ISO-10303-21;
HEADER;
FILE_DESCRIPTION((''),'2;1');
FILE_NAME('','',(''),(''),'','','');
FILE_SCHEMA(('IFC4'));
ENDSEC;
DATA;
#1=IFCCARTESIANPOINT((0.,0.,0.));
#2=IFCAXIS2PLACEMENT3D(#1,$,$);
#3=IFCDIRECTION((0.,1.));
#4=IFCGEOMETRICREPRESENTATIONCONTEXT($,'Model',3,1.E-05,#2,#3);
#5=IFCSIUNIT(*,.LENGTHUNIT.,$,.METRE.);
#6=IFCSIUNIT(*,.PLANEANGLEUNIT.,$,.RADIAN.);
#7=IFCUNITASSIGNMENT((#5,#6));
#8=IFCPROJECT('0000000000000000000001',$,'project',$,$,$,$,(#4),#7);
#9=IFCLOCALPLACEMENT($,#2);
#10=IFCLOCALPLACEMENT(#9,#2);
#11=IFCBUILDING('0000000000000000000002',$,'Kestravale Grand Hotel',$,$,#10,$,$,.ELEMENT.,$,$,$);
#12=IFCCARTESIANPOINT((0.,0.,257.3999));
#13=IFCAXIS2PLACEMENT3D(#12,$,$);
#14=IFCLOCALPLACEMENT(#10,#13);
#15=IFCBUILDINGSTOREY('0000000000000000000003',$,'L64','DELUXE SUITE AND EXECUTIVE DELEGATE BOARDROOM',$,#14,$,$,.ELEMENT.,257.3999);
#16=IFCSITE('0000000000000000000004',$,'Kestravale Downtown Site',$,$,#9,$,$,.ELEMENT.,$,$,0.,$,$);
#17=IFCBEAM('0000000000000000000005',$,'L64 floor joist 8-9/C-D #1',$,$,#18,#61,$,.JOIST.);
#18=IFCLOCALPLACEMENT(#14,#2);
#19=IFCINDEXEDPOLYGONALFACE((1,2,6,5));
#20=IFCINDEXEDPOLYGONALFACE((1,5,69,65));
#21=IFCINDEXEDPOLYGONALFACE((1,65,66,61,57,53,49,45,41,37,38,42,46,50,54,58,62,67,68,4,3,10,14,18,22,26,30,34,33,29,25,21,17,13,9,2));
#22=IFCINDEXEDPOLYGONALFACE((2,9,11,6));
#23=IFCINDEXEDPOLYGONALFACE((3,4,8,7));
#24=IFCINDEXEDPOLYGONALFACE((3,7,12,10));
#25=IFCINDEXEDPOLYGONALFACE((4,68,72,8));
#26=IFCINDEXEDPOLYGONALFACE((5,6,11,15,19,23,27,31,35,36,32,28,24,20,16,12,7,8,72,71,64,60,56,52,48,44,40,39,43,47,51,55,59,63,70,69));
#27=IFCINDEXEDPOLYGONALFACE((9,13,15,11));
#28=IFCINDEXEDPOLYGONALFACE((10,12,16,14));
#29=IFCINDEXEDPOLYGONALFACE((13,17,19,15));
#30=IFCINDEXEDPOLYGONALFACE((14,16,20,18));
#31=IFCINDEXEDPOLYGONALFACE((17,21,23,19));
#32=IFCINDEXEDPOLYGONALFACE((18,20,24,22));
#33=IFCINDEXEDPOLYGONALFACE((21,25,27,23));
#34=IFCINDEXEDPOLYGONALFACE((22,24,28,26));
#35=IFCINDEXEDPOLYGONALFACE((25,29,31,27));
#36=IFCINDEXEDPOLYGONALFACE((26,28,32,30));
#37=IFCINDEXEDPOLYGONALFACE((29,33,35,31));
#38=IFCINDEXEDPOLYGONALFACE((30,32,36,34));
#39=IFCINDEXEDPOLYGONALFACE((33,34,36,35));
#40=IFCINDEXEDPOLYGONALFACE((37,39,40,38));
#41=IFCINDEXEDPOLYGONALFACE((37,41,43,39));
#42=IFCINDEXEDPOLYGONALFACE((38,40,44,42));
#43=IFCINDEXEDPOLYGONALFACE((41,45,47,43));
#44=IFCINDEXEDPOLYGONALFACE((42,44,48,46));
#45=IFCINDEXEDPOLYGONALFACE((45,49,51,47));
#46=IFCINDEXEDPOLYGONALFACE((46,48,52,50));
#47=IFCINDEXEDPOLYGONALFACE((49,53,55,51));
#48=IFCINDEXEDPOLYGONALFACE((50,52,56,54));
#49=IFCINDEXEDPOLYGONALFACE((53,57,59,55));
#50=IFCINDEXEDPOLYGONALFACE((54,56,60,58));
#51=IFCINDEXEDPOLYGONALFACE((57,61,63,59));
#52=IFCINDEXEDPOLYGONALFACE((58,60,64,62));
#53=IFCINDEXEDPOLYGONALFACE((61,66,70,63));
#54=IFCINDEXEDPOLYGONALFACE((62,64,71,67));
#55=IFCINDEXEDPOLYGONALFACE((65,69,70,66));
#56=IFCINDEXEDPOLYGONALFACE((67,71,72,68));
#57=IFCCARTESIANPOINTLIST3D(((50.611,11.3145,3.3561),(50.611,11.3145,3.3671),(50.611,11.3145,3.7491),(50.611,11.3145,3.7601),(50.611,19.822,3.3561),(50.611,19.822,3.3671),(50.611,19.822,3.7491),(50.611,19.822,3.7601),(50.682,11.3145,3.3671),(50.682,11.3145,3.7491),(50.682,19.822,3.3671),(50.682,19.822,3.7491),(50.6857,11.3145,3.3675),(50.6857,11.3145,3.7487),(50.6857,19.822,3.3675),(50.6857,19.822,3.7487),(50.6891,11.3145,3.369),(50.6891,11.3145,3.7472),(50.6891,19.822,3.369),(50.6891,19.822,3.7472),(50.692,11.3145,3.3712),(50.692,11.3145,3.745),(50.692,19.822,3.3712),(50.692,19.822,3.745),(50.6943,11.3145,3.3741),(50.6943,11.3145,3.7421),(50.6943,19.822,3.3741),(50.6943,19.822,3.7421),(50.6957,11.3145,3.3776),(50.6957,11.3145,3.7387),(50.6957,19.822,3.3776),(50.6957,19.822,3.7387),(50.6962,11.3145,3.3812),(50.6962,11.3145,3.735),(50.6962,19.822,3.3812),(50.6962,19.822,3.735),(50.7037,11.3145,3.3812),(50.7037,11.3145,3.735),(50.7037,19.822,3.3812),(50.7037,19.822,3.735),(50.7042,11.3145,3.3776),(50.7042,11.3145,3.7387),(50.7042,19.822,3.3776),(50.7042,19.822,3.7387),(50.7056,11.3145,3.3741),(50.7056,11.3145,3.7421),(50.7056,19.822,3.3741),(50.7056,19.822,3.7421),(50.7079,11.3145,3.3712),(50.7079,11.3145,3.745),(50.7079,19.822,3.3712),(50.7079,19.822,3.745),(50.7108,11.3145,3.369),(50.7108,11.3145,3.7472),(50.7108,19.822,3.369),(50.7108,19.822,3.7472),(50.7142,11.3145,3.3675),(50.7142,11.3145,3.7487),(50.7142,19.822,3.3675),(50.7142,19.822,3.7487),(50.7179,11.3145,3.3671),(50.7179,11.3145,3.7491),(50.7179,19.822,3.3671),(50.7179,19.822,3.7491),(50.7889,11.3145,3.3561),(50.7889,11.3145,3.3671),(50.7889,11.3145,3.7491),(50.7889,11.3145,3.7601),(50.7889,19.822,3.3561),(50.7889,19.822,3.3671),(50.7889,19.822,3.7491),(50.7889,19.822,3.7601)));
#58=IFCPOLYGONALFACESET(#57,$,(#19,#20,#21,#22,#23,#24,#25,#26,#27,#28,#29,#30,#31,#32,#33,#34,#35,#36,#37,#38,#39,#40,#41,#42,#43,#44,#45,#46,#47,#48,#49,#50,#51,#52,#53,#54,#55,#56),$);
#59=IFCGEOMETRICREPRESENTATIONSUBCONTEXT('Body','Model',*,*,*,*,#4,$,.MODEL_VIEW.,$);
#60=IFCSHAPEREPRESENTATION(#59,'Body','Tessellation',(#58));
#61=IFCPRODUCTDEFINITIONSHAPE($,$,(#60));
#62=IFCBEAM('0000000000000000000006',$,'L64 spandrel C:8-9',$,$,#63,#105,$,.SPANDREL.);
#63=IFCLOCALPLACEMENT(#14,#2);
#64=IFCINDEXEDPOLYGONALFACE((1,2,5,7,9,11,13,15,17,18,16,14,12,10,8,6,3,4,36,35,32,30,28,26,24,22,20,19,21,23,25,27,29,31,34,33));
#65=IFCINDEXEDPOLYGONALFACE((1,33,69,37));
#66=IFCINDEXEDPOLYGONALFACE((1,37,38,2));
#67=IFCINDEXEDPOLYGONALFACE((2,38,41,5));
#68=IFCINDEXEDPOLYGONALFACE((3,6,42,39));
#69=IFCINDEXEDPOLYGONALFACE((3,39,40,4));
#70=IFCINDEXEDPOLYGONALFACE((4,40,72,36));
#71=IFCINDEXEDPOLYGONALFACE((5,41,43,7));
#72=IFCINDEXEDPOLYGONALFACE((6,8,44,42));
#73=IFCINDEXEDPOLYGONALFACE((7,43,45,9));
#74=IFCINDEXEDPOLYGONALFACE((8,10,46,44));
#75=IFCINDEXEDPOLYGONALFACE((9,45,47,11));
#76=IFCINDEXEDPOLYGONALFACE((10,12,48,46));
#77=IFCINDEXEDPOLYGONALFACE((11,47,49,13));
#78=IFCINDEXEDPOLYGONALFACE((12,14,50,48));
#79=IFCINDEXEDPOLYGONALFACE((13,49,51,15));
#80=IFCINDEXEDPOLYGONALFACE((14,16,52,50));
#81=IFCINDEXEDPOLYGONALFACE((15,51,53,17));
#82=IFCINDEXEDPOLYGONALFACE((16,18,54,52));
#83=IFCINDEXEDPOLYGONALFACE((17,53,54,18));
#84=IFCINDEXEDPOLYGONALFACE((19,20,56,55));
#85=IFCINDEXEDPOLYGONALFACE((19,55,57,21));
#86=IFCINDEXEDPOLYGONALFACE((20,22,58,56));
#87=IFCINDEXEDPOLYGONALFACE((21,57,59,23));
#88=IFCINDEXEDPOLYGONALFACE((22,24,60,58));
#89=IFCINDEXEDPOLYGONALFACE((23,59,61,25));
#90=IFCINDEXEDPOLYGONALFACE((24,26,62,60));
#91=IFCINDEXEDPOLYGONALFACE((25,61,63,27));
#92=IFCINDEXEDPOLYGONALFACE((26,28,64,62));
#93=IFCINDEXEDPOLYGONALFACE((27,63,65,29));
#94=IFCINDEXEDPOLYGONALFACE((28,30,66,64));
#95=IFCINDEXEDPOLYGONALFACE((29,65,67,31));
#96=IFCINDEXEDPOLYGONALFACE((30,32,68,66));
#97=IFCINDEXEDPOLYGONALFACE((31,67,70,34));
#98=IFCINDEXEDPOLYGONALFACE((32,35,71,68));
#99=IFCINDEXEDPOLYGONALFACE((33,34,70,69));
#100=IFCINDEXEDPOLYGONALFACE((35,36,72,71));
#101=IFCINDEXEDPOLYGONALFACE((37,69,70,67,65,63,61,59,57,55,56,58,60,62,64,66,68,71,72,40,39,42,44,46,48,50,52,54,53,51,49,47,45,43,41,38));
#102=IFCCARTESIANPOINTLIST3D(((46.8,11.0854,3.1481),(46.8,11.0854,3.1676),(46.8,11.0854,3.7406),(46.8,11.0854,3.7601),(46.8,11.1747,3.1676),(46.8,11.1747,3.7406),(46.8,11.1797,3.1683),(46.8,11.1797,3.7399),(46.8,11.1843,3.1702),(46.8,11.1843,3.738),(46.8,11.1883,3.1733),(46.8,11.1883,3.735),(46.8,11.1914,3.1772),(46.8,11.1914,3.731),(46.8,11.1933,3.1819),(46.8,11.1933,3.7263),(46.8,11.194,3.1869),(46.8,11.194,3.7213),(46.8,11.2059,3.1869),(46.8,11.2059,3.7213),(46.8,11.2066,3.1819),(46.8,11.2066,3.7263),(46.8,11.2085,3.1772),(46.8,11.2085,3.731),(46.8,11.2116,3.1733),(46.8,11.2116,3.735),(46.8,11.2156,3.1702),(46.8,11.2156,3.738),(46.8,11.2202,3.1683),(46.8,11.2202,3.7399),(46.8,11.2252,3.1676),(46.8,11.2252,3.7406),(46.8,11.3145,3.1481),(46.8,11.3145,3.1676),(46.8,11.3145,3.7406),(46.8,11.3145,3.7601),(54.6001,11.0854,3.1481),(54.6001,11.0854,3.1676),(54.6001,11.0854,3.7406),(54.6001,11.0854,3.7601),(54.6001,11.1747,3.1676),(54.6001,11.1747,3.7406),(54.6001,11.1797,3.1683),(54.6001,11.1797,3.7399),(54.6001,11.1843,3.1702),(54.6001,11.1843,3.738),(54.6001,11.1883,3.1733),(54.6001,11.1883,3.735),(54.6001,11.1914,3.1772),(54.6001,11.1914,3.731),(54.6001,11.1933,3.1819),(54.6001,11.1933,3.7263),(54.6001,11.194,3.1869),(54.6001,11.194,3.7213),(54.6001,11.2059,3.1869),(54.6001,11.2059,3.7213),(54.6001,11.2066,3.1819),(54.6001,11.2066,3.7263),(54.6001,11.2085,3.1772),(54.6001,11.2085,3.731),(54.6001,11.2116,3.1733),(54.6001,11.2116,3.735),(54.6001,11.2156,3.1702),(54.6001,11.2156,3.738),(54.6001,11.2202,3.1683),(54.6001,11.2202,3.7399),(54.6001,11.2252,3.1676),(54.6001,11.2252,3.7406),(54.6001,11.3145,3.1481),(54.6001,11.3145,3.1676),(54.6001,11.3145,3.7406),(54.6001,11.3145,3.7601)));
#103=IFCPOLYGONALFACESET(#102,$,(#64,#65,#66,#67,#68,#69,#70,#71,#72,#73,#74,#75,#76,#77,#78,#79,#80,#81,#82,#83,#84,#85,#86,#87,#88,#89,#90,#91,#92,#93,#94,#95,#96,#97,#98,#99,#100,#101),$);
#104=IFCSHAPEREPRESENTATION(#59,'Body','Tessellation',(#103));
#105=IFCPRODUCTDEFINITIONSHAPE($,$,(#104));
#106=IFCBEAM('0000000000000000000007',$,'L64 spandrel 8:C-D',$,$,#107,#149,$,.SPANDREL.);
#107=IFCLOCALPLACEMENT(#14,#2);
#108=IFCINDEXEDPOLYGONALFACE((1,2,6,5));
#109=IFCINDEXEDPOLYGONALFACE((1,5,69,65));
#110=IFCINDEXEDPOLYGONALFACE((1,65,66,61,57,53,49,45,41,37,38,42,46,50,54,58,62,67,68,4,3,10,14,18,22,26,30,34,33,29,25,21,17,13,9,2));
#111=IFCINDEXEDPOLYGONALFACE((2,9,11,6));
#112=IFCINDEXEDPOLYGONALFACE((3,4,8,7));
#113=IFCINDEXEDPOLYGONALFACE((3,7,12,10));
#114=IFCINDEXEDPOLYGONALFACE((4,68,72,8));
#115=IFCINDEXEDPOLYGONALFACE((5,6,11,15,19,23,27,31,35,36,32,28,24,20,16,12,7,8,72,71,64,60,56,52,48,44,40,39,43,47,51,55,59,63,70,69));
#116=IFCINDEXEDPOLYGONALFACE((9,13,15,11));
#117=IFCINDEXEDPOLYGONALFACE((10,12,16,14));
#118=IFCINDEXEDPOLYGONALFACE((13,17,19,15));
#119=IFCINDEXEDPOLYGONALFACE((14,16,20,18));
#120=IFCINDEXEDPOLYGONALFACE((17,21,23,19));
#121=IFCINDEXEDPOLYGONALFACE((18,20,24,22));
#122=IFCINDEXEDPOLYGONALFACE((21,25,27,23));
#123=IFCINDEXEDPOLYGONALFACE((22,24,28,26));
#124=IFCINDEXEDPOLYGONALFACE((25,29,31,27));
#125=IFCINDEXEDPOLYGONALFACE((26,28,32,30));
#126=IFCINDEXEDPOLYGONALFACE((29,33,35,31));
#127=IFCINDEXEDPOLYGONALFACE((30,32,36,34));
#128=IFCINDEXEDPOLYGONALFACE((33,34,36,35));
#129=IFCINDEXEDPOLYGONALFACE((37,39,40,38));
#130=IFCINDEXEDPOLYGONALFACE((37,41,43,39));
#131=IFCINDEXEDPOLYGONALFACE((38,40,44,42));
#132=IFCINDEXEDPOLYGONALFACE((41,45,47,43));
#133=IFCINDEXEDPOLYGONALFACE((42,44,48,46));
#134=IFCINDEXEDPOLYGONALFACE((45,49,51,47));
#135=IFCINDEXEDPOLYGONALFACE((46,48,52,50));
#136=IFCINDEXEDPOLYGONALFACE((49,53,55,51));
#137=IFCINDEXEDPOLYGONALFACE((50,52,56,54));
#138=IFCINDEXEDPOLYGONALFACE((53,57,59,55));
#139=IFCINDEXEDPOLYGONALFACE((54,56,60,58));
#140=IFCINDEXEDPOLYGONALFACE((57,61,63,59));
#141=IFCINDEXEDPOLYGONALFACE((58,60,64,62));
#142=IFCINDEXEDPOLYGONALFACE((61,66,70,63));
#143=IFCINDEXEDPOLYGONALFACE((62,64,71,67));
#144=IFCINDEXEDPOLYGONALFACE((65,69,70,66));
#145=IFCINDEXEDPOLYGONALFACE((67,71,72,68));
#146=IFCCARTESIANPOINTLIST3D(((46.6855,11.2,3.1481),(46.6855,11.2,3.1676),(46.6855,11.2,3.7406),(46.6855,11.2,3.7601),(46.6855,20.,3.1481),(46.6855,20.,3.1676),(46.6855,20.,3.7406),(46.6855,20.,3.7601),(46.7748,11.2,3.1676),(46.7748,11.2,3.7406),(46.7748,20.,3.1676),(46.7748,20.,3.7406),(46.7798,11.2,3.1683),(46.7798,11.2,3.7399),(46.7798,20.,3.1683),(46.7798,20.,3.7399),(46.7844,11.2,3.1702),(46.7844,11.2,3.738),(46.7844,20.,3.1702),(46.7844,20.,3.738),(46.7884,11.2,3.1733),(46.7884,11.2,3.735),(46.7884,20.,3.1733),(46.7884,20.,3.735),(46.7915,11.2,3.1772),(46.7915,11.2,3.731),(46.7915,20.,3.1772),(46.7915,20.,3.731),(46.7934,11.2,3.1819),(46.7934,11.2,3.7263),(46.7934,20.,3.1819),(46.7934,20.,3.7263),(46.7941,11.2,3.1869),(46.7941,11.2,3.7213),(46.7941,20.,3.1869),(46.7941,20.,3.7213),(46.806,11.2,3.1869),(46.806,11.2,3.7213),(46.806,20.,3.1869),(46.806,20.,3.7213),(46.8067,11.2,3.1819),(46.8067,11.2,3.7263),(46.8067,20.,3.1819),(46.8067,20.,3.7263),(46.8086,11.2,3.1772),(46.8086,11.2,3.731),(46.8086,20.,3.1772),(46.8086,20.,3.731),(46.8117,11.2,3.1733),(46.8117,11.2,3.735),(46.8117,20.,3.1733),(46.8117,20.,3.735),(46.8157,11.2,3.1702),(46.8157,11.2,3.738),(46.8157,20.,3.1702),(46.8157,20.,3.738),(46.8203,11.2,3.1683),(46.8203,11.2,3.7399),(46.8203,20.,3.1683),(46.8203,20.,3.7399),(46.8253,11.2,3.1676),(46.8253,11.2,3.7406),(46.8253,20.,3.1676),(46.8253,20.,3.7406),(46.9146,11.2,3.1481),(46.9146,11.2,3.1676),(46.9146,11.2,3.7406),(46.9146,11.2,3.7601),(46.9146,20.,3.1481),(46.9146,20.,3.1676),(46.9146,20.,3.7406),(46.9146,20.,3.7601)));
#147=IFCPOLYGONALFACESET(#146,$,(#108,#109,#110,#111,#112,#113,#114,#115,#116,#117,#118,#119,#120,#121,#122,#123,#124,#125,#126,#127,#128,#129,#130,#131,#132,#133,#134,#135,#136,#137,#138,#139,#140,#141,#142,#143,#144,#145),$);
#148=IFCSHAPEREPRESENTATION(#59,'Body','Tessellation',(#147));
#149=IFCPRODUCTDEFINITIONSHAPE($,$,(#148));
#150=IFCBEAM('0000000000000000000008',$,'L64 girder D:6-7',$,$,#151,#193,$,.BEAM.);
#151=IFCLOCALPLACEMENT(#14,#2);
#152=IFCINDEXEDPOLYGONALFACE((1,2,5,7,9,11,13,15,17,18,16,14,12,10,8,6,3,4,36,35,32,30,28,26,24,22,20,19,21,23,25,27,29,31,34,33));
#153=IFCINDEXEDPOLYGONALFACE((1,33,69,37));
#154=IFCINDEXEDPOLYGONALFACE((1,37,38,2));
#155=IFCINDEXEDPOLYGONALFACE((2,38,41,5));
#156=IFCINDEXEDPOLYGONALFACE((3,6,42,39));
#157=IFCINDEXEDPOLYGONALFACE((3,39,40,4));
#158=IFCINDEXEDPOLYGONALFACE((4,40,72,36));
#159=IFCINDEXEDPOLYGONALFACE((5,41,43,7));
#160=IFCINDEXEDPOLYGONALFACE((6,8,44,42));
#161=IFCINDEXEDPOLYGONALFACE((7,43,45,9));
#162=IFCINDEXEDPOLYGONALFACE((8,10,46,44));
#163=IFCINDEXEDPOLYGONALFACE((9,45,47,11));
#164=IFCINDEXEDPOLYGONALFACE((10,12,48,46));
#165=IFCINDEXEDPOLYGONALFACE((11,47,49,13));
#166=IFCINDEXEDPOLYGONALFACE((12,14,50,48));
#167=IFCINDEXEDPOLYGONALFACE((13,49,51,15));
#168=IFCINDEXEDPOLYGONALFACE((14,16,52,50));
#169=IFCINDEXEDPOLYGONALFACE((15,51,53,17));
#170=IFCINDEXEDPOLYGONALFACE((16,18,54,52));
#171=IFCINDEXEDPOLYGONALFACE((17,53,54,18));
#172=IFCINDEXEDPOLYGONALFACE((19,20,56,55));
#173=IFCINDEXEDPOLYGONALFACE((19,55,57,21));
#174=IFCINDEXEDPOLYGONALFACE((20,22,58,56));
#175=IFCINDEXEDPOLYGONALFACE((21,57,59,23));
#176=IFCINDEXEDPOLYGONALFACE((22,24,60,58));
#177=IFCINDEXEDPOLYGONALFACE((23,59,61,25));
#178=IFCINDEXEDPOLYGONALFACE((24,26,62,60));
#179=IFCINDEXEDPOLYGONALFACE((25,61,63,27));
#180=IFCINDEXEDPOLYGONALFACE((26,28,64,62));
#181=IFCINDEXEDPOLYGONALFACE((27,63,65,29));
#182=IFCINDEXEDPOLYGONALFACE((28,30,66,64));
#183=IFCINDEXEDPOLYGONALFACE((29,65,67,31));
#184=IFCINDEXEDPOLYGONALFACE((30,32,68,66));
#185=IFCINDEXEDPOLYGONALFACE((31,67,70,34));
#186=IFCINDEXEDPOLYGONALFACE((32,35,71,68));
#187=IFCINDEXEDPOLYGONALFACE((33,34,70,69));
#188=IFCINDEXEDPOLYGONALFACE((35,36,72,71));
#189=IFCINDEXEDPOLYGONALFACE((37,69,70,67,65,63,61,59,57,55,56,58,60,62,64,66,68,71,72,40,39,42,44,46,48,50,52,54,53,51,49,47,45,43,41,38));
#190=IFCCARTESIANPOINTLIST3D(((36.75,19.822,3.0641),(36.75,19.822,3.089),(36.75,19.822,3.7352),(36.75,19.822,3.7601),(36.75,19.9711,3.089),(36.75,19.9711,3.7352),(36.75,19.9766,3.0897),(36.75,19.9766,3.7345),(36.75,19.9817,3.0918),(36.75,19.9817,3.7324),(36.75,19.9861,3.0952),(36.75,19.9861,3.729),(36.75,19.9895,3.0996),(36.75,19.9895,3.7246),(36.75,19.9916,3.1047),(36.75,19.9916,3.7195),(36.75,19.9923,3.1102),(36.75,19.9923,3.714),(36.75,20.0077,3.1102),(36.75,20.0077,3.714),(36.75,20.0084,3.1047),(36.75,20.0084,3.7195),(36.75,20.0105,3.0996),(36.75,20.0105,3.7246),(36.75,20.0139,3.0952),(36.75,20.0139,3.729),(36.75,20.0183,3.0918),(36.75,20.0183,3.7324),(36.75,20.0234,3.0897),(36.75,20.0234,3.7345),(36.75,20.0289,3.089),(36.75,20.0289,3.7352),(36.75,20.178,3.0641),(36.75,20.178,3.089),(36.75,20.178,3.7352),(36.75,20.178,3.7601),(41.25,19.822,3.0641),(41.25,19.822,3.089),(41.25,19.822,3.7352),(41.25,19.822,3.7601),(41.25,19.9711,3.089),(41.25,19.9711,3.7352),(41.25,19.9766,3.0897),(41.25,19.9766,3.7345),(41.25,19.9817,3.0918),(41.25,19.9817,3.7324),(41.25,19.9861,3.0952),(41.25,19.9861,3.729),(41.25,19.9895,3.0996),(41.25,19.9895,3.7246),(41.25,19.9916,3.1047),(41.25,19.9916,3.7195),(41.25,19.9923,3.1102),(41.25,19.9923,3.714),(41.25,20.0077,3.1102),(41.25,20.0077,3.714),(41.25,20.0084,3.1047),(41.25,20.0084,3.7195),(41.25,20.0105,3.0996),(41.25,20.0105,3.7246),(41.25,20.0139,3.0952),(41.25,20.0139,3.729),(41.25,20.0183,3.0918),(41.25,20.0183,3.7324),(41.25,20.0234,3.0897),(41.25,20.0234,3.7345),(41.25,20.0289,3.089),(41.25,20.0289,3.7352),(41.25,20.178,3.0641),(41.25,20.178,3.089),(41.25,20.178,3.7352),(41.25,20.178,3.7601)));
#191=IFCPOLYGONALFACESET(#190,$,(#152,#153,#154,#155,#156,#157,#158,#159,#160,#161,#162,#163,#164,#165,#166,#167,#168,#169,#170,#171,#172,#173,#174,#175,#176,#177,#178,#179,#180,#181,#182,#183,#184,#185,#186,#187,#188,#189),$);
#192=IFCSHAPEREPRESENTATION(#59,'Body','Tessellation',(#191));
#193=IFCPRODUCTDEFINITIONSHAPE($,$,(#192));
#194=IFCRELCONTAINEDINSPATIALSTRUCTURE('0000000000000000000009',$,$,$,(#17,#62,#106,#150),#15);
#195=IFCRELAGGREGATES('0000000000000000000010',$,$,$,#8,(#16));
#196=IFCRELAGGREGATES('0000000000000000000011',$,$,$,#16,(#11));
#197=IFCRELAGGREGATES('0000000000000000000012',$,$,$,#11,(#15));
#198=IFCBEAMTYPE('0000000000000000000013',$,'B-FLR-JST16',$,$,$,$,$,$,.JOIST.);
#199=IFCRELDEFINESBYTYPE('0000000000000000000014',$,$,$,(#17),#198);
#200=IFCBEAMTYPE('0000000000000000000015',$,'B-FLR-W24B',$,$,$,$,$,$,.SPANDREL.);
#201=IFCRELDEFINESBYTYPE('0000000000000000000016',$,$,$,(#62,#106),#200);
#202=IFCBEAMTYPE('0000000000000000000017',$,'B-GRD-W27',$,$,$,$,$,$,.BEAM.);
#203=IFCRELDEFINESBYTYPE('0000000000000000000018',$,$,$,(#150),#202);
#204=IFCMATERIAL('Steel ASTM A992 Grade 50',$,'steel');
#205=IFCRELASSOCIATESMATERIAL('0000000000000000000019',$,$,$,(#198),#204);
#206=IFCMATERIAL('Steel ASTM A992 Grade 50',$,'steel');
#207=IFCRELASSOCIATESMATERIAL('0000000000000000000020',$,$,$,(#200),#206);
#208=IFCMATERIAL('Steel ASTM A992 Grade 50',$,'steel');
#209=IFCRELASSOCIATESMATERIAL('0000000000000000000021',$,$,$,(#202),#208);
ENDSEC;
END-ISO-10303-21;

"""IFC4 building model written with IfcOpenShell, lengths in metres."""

from ifc_helpers import new_model, si_unit, direction, frame, origin, origin_2d, place, context, subcontext, project, spatial, i_section, extrude, material, material_profile, profile_set, type_object, element, save


model = new_model("IFC4")

# Units and contexts
model_context = context("Model", 3, precision=1e-05, world=origin(), true_north=direction((0.0, 1.0)))
body_context = subcontext(model_context, "Body", "Model", "MODEL_VIEW")
ifc_project = project(units=[si_unit("LENGTHUNIT", "METRE"), si_unit("PLANEANGLEUNIT", "RADIAN")], contexts=[model_context])

# Site, building, storey
site_placement = place(None, origin())
site = spatial("IfcSite", under=ifc_project, at=site_placement, Name="Kestravale Downtown Site", CompositionType="ELEMENT", RefElevation=0.0)
building_placement = place(site_placement, origin())
building = spatial("IfcBuilding", under=site, at=building_placement, Name="Kestravale Grand Hotel", CompositionType="ELEMENT")
storey_placement = place(building_placement, frame((0.0, 0.0, 257.3999)))
storey = spatial("IfcBuildingStorey", under=building, at=storey_placement, Name="L64", Description="DELUXE SUITE AND EXECUTIVE DELEGATE BOARDROOM", CompositionType="ELEMENT", Elevation=257.3999)

# Beams
ifc_material_1 = material(Name="Steel ASTM A992 Grade 50", Category="steel")
ifc_material_profile_1 = material_profile(ifc_material_1, i_section(OverallWidth=0.178, OverallDepth=0.4041, WebThickness=0.0076, FlangeThickness=0.011, FilletRadius=0.0142, at=origin_2d()))
ifc_profile_set_1 = profile_set([ifc_material_profile_1], Name="Steel ASTM A992 Grade 50")
beam_type_1 = type_object("IfcBeamType", Name="B-FLR-JST16", PredefinedType="JOIST", material=ifc_profile_set_1)
beam_1_placement = place(storey_placement, frame((50.7, 11.3145, 3.5581), z_axis=(0.0, 1.0, 0.0), x_axis=(-1.0, 0.0, 0.0)))
element("IfcBeam", 1, at=beam_1_placement, inside=storey, type_object=beam_type_1, Name="L64 floor joist 8-9/C-D #1", PredefinedType="JOIST", context=body_context, shape_type="SweptSolid", body=[
    extrude(i_section(OverallWidth=0.178, OverallDepth=0.4041, WebThickness=0.0076, FlangeThickness=0.011, FilletRadius=0.0142, at=origin_2d()), origin(), (0.0, 0.0, 1.0), 8.5076),
])
ifc_material_2 = material(Name="Steel ASTM A992 Grade 50", Category="steel")
ifc_material_profile_2 = material_profile(ifc_material_2, i_section(OverallWidth=0.229, OverallDepth=0.6121, WebThickness=0.012, FlangeThickness=0.0195, FilletRadius=0.0193, at=origin_2d()))
ifc_profile_set_2 = profile_set([ifc_material_profile_2], Name="Steel ASTM A992 Grade 50")
beam_type_2 = type_object("IfcBeamType", Name="B-FLR-W24B", PredefinedType="SPANDREL", material=ifc_profile_set_2)
beam_2_placement = place(storey_placement, frame((46.8, 11.2, 3.4541), z_axis=(1.0, 0.0, 0.0), x_axis=(0.0, 1.0, 0.0)))
element("IfcBeam", 2, at=beam_2_placement, inside=storey, type_object=beam_type_2, Name="L64 spandrel C:8-9", PredefinedType="SPANDREL", context=body_context, shape_type="SweptSolid", body=[
    extrude(i_section(OverallWidth=0.229, OverallDepth=0.6121, WebThickness=0.012, FlangeThickness=0.0195, FilletRadius=0.0193, at=origin_2d()), origin(), (0.0, 0.0, 1.0), 7.8),
])
beam_3_placement = place(storey_placement, frame((46.8, 11.2, 3.4541), z_axis=(0.0, 1.0, 0.0), x_axis=(-1.0, 0.0, 0.0)))
element("IfcBeam", 3, at=beam_3_placement, inside=storey, type_object=beam_type_2, Name="L64 spandrel 8:C-D", PredefinedType="SPANDREL", context=body_context, shape_type="SweptSolid", body=[
    extrude(i_section(OverallWidth=0.229, OverallDepth=0.6121, WebThickness=0.012, FlangeThickness=0.0195, FilletRadius=0.0193, at=origin_2d()), origin(), (0.0, 0.0, 1.0), 8.8),
])
ifc_material_3 = material(Name="Steel ASTM A992 Grade 50", Category="steel")
ifc_material_profile_3 = material_profile(ifc_material_3, i_section(OverallWidth=0.356, OverallDepth=0.696, WebThickness=0.0154, FlangeThickness=0.0249, FilletRadius=0.0212, at=origin_2d()))
ifc_profile_set_3 = profile_set([ifc_material_profile_3], Name="Steel ASTM A992 Grade 50")
beam_type_3 = type_object("IfcBeamType", Name="B-GRD-W27", PredefinedType="BEAM", material=ifc_profile_set_3)
beam_4_placement = place(storey_placement, frame((36.75, 20.0, 3.4121), z_axis=(1.0, 0.0, 0.0), x_axis=(0.0, 1.0, 0.0)))
element("IfcBeam", 4, at=beam_4_placement, inside=storey, type_object=beam_type_3, Name="L64 girder D:6-7", PredefinedType="BEAM", context=body_context, shape_type="SweptSolid", body=[
    extrude(i_section(OverallWidth=0.356, OverallDepth=0.696, WebThickness=0.0154, FlangeThickness=0.0249, FilletRadius=0.0212, at=origin_2d()), origin(), (0.0, 0.0, 1.0), 4.5),
])

save(model, "model.ifc")
